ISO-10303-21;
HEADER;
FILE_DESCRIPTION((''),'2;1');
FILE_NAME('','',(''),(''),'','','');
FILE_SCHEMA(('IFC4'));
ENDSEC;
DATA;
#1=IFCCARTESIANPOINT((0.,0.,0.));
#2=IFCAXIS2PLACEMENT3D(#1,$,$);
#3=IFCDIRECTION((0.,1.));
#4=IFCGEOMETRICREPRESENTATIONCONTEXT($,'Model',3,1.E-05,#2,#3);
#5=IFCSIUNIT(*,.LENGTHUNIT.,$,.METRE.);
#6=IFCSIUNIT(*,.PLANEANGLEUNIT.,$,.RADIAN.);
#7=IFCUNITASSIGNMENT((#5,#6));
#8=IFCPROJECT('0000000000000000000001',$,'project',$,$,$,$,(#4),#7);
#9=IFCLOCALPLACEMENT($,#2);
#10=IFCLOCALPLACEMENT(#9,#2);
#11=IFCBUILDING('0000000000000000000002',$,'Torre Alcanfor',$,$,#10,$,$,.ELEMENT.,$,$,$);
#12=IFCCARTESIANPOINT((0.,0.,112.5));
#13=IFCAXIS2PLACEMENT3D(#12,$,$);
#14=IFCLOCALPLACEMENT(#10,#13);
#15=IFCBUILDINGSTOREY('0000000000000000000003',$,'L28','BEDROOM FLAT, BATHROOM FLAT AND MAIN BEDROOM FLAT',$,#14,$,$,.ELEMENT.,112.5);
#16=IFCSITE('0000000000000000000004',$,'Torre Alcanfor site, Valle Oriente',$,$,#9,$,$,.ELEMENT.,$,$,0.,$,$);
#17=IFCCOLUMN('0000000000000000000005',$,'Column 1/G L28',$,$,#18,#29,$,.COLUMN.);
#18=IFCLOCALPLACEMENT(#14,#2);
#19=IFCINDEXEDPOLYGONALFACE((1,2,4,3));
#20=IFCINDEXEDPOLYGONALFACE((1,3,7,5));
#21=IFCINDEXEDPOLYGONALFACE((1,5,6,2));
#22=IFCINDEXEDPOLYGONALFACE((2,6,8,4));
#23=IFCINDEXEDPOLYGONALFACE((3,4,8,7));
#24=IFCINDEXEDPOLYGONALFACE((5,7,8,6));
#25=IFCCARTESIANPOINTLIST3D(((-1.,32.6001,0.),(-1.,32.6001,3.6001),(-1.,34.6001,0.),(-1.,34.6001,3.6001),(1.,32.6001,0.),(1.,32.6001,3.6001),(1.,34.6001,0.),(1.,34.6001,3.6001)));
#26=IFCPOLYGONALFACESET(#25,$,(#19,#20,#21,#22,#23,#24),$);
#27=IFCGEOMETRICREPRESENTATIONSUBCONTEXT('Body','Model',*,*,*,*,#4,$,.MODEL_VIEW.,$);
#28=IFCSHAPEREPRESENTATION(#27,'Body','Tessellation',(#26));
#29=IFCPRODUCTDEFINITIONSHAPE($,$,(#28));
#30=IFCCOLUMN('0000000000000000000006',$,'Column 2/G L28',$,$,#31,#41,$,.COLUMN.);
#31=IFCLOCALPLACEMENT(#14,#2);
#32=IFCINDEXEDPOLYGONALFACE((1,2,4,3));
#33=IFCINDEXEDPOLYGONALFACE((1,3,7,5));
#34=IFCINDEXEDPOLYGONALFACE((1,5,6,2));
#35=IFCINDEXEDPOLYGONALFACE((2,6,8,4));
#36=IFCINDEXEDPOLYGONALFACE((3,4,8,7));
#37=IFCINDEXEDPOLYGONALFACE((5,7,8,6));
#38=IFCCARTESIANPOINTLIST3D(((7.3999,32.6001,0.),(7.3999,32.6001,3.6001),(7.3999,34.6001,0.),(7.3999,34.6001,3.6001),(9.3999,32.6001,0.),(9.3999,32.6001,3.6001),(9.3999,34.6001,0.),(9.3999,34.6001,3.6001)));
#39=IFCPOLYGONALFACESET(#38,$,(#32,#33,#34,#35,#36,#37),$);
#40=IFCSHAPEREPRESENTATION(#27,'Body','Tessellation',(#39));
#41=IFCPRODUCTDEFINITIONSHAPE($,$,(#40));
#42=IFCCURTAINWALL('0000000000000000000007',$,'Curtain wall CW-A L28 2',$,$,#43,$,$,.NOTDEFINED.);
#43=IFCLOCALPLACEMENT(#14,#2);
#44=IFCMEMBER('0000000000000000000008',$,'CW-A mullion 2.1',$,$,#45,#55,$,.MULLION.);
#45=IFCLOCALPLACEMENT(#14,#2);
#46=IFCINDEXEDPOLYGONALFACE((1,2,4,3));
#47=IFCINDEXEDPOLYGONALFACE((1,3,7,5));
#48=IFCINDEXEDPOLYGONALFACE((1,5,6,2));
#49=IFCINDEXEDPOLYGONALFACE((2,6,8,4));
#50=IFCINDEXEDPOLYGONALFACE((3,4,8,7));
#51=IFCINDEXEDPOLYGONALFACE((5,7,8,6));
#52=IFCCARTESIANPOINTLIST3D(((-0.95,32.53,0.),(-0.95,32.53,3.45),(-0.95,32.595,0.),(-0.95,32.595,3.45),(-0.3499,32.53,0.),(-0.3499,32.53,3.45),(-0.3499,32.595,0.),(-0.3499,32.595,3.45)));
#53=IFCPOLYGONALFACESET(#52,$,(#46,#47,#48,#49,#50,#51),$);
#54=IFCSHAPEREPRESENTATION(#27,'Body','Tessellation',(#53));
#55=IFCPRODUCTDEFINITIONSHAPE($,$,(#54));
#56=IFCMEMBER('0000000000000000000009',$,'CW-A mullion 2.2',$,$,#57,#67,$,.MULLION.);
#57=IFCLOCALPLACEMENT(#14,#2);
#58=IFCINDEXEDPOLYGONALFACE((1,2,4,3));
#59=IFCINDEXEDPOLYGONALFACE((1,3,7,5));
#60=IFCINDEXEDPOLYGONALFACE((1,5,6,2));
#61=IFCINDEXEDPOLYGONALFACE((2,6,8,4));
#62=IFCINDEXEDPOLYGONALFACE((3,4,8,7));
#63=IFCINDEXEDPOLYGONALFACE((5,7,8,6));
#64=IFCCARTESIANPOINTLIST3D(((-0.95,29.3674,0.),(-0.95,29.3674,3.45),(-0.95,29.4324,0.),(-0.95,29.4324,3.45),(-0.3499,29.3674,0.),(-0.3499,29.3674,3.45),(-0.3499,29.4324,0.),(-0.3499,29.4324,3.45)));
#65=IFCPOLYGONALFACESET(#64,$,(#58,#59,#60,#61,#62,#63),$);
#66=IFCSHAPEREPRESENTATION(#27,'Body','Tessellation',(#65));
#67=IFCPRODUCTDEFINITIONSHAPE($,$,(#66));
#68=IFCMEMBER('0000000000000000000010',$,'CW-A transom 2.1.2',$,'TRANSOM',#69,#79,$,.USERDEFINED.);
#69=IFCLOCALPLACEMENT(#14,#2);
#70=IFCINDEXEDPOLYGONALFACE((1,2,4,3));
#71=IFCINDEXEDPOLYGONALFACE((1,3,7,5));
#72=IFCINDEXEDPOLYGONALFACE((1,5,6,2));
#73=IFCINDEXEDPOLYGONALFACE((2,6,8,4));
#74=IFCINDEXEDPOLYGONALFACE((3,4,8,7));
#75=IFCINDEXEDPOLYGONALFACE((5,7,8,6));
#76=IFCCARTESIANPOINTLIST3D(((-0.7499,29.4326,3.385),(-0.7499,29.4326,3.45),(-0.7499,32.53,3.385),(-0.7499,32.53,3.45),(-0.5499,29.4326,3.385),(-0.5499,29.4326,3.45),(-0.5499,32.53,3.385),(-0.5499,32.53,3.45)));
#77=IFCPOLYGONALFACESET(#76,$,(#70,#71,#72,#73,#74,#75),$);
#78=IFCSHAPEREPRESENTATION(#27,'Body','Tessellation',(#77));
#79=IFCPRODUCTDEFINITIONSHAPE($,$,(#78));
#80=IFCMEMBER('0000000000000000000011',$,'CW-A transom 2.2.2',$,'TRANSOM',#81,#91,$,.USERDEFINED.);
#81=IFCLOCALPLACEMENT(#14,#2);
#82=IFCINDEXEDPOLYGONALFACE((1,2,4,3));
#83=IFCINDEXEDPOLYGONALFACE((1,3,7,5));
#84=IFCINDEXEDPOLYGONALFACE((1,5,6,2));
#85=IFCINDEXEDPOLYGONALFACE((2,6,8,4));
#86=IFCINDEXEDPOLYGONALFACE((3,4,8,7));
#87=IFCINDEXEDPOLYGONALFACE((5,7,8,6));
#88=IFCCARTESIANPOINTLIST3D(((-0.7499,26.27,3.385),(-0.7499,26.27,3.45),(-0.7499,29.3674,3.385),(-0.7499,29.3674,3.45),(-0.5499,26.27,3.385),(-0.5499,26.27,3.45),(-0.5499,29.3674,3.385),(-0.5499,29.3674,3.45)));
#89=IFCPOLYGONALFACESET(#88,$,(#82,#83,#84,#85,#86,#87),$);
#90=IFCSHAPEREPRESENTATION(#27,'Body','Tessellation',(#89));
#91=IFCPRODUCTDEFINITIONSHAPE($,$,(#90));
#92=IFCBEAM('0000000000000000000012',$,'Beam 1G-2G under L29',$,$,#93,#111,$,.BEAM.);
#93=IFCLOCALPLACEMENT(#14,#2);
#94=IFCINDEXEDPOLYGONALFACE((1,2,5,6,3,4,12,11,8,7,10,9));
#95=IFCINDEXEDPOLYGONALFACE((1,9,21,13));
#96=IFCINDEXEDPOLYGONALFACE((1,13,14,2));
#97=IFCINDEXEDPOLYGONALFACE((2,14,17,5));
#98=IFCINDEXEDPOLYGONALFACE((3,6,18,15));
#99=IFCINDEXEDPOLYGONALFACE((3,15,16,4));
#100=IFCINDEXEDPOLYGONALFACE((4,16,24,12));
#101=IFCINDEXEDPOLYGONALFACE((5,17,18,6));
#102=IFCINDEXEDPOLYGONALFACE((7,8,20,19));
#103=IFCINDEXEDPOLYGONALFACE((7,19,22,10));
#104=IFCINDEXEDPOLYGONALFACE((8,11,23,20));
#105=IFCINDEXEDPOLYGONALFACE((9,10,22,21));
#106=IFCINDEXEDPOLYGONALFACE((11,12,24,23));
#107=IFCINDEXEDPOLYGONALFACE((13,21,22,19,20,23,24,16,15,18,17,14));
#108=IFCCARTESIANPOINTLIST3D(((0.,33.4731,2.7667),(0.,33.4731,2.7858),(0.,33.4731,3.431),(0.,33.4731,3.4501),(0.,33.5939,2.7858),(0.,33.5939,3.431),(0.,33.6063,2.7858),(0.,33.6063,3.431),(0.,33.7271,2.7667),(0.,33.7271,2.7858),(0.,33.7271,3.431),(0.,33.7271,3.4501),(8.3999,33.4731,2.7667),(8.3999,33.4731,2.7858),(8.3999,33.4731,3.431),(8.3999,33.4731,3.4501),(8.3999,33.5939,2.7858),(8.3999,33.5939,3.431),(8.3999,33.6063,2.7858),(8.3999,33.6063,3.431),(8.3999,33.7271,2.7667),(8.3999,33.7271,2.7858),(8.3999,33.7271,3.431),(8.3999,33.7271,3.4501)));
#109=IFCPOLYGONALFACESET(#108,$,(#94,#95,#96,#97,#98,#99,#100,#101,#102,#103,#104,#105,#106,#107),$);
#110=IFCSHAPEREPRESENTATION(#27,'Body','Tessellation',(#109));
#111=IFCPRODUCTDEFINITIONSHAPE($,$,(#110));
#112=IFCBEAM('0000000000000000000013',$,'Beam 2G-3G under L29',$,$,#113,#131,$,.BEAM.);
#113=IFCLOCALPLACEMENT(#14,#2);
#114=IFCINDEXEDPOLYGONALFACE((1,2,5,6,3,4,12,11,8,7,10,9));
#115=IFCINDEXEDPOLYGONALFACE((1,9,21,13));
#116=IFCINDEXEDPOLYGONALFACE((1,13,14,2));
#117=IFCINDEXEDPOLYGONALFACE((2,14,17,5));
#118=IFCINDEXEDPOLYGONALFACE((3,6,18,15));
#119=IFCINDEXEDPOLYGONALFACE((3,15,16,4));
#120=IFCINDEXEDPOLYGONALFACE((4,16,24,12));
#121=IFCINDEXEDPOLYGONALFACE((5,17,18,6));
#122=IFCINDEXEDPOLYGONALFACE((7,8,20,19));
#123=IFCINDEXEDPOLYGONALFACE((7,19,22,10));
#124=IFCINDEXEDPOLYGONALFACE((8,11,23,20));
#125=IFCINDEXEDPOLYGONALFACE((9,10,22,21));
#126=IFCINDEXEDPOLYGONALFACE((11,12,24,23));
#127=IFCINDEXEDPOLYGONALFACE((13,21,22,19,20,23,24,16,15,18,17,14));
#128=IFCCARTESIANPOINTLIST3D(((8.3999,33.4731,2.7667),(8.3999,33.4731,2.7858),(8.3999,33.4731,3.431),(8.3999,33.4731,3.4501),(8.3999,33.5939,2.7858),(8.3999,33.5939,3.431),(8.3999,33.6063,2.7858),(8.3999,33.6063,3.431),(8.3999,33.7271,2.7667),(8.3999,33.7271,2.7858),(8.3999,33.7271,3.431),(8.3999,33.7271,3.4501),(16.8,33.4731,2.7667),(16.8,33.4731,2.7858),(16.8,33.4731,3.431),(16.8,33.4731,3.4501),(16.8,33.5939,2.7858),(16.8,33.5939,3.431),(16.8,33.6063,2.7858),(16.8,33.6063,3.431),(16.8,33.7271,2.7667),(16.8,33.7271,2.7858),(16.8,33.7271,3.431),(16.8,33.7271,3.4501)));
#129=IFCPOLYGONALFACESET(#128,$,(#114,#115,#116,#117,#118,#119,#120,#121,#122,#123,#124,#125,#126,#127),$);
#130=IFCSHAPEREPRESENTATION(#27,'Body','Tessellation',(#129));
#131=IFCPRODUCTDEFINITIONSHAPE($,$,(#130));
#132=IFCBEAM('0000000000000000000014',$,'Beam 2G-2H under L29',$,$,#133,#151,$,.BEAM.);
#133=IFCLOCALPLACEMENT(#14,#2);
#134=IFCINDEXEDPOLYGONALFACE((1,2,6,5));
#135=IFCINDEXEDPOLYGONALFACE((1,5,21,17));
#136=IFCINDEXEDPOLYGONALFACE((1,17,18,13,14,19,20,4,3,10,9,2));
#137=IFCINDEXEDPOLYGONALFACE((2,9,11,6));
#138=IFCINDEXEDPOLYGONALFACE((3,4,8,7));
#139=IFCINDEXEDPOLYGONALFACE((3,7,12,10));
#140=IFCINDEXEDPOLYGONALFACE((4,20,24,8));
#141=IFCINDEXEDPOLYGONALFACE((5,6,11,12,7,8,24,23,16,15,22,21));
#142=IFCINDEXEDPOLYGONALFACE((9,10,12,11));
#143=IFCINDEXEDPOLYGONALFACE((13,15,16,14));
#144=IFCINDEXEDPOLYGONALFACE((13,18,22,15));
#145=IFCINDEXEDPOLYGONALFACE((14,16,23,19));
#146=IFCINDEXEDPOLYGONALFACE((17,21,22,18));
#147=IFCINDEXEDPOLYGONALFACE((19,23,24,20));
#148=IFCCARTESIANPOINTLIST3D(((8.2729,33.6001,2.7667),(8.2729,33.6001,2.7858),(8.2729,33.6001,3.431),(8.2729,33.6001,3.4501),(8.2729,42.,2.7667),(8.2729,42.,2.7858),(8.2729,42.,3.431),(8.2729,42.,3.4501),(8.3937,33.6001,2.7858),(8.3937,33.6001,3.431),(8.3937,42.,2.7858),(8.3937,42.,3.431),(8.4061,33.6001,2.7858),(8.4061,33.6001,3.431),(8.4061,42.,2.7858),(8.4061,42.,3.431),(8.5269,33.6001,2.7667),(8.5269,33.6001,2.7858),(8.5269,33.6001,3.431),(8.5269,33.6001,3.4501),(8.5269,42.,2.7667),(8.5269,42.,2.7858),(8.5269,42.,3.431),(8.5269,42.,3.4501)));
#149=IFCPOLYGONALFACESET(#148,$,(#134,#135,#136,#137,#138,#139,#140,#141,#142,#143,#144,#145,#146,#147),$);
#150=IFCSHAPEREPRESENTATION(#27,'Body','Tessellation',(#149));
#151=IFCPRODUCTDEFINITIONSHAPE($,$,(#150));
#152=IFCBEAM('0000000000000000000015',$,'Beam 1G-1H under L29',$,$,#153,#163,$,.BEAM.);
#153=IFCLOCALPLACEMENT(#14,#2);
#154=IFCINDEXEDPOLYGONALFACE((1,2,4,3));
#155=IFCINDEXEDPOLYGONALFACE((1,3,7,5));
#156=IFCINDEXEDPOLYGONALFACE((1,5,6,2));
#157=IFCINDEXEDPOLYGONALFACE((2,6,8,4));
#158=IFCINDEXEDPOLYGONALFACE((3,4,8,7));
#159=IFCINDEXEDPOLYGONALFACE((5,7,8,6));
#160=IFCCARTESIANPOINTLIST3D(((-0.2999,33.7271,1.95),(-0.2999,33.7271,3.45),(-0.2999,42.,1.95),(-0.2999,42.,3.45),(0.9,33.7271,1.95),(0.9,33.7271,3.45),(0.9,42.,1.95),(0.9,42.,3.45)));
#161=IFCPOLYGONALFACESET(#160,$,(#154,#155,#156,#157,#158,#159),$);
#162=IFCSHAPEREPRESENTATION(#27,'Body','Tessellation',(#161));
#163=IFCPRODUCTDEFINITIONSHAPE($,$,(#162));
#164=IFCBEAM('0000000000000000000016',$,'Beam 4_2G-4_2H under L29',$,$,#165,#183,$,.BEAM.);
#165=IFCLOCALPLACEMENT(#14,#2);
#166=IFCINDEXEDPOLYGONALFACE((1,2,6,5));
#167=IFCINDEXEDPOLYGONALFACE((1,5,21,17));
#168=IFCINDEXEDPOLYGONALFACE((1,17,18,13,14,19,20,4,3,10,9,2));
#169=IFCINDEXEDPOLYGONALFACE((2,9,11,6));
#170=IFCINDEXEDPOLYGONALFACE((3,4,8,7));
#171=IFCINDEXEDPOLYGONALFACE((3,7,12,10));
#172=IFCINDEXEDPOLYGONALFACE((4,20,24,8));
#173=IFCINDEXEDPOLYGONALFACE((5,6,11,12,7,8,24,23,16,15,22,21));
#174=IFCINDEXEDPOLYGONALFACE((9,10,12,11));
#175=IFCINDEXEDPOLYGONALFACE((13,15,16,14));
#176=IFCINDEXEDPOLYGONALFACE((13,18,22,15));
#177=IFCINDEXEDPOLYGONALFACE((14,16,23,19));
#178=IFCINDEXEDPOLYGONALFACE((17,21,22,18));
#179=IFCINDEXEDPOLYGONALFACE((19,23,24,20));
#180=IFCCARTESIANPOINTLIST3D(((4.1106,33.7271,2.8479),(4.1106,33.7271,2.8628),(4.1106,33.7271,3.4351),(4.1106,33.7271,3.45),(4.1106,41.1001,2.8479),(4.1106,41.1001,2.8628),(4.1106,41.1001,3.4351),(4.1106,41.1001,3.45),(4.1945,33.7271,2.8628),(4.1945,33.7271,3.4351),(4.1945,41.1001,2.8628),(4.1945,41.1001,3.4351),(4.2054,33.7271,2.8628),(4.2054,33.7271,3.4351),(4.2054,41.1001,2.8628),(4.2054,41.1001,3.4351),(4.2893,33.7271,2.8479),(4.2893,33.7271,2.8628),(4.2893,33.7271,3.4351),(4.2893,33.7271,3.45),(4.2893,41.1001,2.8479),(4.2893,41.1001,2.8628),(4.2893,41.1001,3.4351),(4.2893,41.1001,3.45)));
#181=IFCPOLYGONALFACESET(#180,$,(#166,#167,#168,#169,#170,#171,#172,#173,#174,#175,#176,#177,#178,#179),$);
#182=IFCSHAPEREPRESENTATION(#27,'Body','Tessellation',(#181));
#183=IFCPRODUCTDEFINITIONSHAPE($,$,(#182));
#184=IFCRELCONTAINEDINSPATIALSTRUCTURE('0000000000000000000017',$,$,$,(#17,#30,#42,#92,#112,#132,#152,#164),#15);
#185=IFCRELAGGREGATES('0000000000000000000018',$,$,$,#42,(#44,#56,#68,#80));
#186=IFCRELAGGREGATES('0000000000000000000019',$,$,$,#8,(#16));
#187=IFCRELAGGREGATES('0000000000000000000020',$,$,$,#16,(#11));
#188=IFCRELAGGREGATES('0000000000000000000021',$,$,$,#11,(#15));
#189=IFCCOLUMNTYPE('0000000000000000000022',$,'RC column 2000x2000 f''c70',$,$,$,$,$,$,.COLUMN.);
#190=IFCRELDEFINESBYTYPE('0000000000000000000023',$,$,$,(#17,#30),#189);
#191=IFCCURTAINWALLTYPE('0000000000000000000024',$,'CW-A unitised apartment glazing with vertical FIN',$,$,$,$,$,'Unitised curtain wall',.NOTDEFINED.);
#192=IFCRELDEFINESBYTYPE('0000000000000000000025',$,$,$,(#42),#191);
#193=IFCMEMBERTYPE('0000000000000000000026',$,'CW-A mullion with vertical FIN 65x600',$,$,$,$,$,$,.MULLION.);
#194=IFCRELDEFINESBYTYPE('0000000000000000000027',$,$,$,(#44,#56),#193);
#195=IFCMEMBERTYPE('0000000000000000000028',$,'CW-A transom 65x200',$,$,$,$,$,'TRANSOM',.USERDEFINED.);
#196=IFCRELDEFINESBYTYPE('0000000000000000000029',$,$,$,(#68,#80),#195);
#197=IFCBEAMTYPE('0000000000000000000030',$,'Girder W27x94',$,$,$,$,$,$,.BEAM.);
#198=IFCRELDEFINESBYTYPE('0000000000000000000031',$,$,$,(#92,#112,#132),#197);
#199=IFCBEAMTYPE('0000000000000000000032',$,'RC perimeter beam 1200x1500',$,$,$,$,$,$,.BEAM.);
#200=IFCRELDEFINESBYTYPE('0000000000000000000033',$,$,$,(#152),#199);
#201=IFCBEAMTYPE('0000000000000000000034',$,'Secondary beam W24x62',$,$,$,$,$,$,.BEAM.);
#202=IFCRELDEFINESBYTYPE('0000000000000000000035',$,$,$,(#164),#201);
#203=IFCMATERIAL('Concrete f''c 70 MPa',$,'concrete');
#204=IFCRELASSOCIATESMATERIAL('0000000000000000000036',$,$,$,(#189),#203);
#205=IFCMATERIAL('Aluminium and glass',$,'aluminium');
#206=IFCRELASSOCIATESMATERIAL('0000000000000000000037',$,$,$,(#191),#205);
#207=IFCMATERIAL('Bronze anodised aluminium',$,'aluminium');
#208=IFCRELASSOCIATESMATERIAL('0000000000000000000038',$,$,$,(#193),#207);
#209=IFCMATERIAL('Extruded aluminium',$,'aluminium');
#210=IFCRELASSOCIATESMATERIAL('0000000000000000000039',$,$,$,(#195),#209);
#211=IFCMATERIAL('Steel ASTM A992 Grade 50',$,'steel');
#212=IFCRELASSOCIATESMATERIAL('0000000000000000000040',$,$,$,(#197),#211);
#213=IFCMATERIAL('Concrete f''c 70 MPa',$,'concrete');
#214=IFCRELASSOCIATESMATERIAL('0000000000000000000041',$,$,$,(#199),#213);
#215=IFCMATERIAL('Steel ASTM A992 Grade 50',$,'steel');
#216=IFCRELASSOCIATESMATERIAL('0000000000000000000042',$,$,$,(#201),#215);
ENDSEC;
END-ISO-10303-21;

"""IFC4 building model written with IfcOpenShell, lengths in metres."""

from ifc_helpers import new_model, si_unit, direction, frame, origin, origin_2d, place, context, subcontext, project, spatial, rectangle, i_section, extrude, material, material_profile, profile_set, type_object, element, aggregate, save


model = new_model("IFC4")

# Units and contexts
model_context = context("Model", 3, precision=1e-05, world=origin(), true_north=direction((0.0, 1.0)))
body_context = subcontext(model_context, "Body", "Model", "MODEL_VIEW")
ifc_project = project(units=[si_unit("LENGTHUNIT", "METRE"), si_unit("PLANEANGLEUNIT", "RADIAN")], contexts=[model_context])

# Site, building, storey
site_placement = place(None, origin())
site = spatial("IfcSite", under=ifc_project, at=site_placement, Name="Torre Alcanfor site, Valle Oriente", CompositionType="ELEMENT", RefElevation=0.0)
building_placement = place(site_placement, origin())
building = spatial("IfcBuilding", under=site, at=building_placement, Name="Torre Alcanfor", CompositionType="ELEMENT")
storey_placement = place(building_placement, frame((0.0, 0.0, 112.5)))
storey = spatial("IfcBuildingStorey", under=building, at=storey_placement, Name="L28", Description="BEDROOM FLAT, BATHROOM FLAT AND MAIN BEDROOM FLAT", CompositionType="ELEMENT", Elevation=112.5)

# Columns
ifc_material_1 = material(Name="Concrete f'c 70 MPa", Category="concrete")
ifc_material_profile_1 = material_profile(ifc_material_1, rectangle(XDim=2.0, YDim=2.0, at=origin_2d()), Name="2000x2000")
ifc_profile_set_1 = profile_set([ifc_material_profile_1], Name="Concrete f'c 70 MPa")
column_type = type_object("IfcColumnType", Name="RC column 2000x2000 f'c70", PredefinedType="COLUMN", material=ifc_profile_set_1)
for number, where, z_axis, x_axis, name in (
    (1, (0.0, 33.6001, 0.0), (0.0, 0.0, 1.0), (1.0, 0.0, 0.0), "Column 1/G L28"),
    (2, (8.3999, 33.6001, 0.0), (0.0, 0.0, 1.0), (1.0, 0.0, 0.0), "Column 2/G L28"),
):
    element("IfcColumn", number, at=place(storey_placement, frame(where, z_axis=z_axis, x_axis=x_axis)), inside=storey, type_object=column_type, Name=name, PredefinedType="COLUMN", context=body_context, shape_type="SweptSolid", body=[
        extrude(rectangle(XDim=2.0, YDim=2.0, at=origin_2d()), origin(), (0.0, 0.0, 1.0), 3.6001),
    ])

# Curtain wall, members
ifc_material_2 = material(Name="Aluminium and glass", Category="aluminium")
curtain_wall_type = type_object("IfcCurtainWallType", Name="CW-A unitised apartment glazing with vertical FIN", ElementType="Unitised curtain wall", PredefinedType="NOTDEFINED", material=ifc_material_2)
curtain_wall_placement = place(storey_placement, origin())
curtain_wall = element("IfcCurtainWall", 3, at=curtain_wall_placement, inside=storey, type_object=curtain_wall_type, Name="Curtain wall CW-A L28 2", PredefinedType="NOTDEFINED")
ifc_material_3 = material(Name="Bronze anodised aluminium", Category="aluminium")
ifc_material_profile_2 = material_profile(ifc_material_3, rectangle(XDim=0.6001, YDim=0.0649, at=origin_2d()), Name="CW-A mullion 65x600")
ifc_profile_set_2 = profile_set([ifc_material_profile_2], Name="Bronze anodised aluminium")
member_type_1 = type_object("IfcMemberType", Name="CW-A mullion with vertical FIN 65x600", PredefinedType="MULLION", material=ifc_profile_set_2)
member_1_placement = place(storey_placement, frame((-0.6499, 32.5625, 0.0), z_axis=(0.0, 0.0, 1.0), x_axis=(1.0, 0.0, 0.0)))
member_1 = element("IfcMember", 4, at=member_1_placement, type_object=member_type_1, Name="CW-A mullion 2.1", PredefinedType="MULLION", context=body_context, shape_type="SweptSolid", body=[
    extrude(rectangle(XDim=0.6001, YDim=0.0649, at=origin_2d()), origin(), (0.0, 0.0, 1.0), 3.45),
])
member_2_placement = place(storey_placement, frame((-0.6499, 29.3999, 0.0), z_axis=(0.0, 0.0, 1.0), x_axis=(1.0, 0.0, 0.0)))
member_2 = element("IfcMember", 5, at=member_2_placement, type_object=member_type_1, Name="CW-A mullion 2.2", PredefinedType="MULLION", context=body_context, shape_type="SweptSolid", body=[
    extrude(rectangle(XDim=0.6001, YDim=0.0649, at=origin_2d()), origin(), (0.0, 0.0, 1.0), 3.45),
])
ifc_material_4 = material(Name="Extruded aluminium", Category="aluminium")
ifc_material_profile_3 = material_profile(ifc_material_4, rectangle(XDim=0.2, YDim=0.0649, at=origin_2d()), Name="CW-A transom 200x65")
ifc_profile_set_3 = profile_set([ifc_material_profile_3], Name="Extruded aluminium")
member_type_2 = type_object("IfcMemberType", Name="CW-A transom 65x200", ElementType="TRANSOM", PredefinedType="USERDEFINED", material=ifc_profile_set_3)
member_3_placement = place(storey_placement, frame((-0.6499, 32.53, 3.4175), z_axis=(0.0, -1.0, 0.0), x_axis=(1.0, 0.0, 0.0)))
member_3 = element("IfcMember", 6, at=member_3_placement, type_object=member_type_2, Name="CW-A transom 2.1.2", ObjectType="TRANSOM", PredefinedType="USERDEFINED", context=body_context, shape_type="SweptSolid", body=[
    extrude(rectangle(XDim=0.2, YDim=0.0649, at=origin_2d()), origin(), (0.0, 0.0, 1.0), 3.0974),
])
member_4_placement = place(storey_placement, frame((-0.6499, 29.3674, 3.4175), z_axis=(0.0, -1.0, 0.0), x_axis=(1.0, 0.0, 0.0)))
member_4 = element("IfcMember", 7, at=member_4_placement, type_object=member_type_2, Name="CW-A transom 2.2.2", ObjectType="TRANSOM", PredefinedType="USERDEFINED", context=body_context, shape_type="SweptSolid", body=[
    extrude(rectangle(XDim=0.2, YDim=0.0649, at=origin_2d()), origin(), (0.0, 0.0, 1.0), 3.0974),
])

# Beams
ifc_material_5 = material(Name="Steel ASTM A992 Grade 50", Category="steel")
ifc_material_profile_4 = material_profile(ifc_material_5, i_section(OverallWidth=0.2539, OverallDepth=0.6833, WebThickness=0.0125, FlangeThickness=0.019, at=origin_2d()), Name="W27x94")
ifc_profile_set_4 = profile_set([ifc_material_profile_4], Name="Steel ASTM A992 Grade 50")
beam_type_1 = type_object("IfcBeamType", Name="Girder W27x94", PredefinedType="BEAM", material=ifc_profile_set_4)
beam_1_placement = place(storey_placement, frame((0.0, 33.6001, 3.1084), z_axis=(1.0, 0.0, 0.0), x_axis=(0.0, 1.0, 0.0)))
element("IfcBeam", 8, at=beam_1_placement, inside=storey, type_object=beam_type_1, Name="Beam 1G-2G under L29", PredefinedType="BEAM", context=body_context, shape_type="SweptSolid", body=[
    extrude(i_section(OverallWidth=0.2539, OverallDepth=0.6833, WebThickness=0.0125, FlangeThickness=0.019, at=origin_2d()), origin(), (0.0, 0.0, 1.0), 8.3999),
])
beam_2_placement = place(storey_placement, frame((8.3999, 33.6001, 3.1084), z_axis=(1.0, 0.0, 0.0), x_axis=(0.0, 1.0, 0.0)))
element("IfcBeam", 9, at=beam_2_placement, inside=storey, type_object=beam_type_1, Name="Beam 2G-3G under L29", PredefinedType="BEAM", context=body_context, shape_type="SweptSolid", body=[
    extrude(i_section(OverallWidth=0.2539, OverallDepth=0.6833, WebThickness=0.0125, FlangeThickness=0.019, at=origin_2d()), origin(), (0.0, 0.0, 1.0), 8.4001),
])
beam_3_placement = place(storey_placement, frame((8.3999, 33.6001, 3.1084), z_axis=(0.0, 1.0, 0.0), x_axis=(-1.0, 0.0, 0.0)))
element("IfcBeam", 10, at=beam_3_placement, inside=storey, type_object=beam_type_1, Name="Beam 2G-2H under L29", PredefinedType="BEAM", context=body_context, shape_type="SweptSolid", body=[
    extrude(i_section(OverallWidth=0.2539, OverallDepth=0.6833, WebThickness=0.0125, FlangeThickness=0.019, at=origin_2d()), origin(), (0.0, 0.0, 1.0), 8.3999),
])
ifc_material_6 = material(Name="Concrete f'c 70 MPa", Category="concrete")
ifc_material_profile_5 = material_profile(ifc_material_6, rectangle(XDim=1.2, YDim=1.5, at=origin_2d()), Name="1200x1500")
ifc_profile_set_5 = profile_set([ifc_material_profile_5], Name="Concrete f'c 70 MPa")
beam_type_2 = type_object("IfcBeamType", Name="RC perimeter beam 1200x1500", PredefinedType="BEAM", material=ifc_profile_set_5)
beam_4_placement = place(storey_placement, frame((0.3, 33.7271, 2.7), z_axis=(0.0, 1.0, 0.0), x_axis=(-1.0, 0.0, 0.0)))
element("IfcBeam", 11, at=beam_4_placement, inside=storey, type_object=beam_type_2, Name="Beam 1G-1H under L29", PredefinedType="BEAM", context=body_context, shape_type="SweptSolid", body=[
    extrude(rectangle(XDim=1.2, YDim=1.5, at=origin_2d()), origin(), (0.0, 0.0, 1.0), 8.2729),
])
ifc_material_7 = material(Name="Steel ASTM A992 Grade 50", Category="steel")
ifc_material_profile_6 = material_profile(ifc_material_7, i_section(OverallWidth=0.1787, OverallDepth=0.6021, WebThickness=0.011, FlangeThickness=0.0149, at=origin_2d()), Name="W24x62")
ifc_profile_set_6 = profile_set([ifc_material_profile_6], Name="Steel ASTM A992 Grade 50")
beam_type_3 = type_object("IfcBeamType", Name="Secondary beam W24x62", PredefinedType="BEAM", material=ifc_profile_set_6)
for number, where, z_axis, x_axis, name in (
    (12, (4.2, 33.7271, 3.1489), (0.0, 1.0, 0.0), (-1.0, 0.0, 0.0), "Beam 4_2G-4_2H under L29"),
):
    element("IfcBeam", number, at=place(storey_placement, frame(where, z_axis=z_axis, x_axis=x_axis)), inside=storey, type_object=beam_type_3, Name=name, PredefinedType="BEAM", context=body_context, shape_type="SweptSolid", body=[
        extrude(i_section(OverallWidth=0.1787, OverallDepth=0.6021, WebThickness=0.011, FlangeThickness=0.0149, at=origin_2d()), origin(), (0.0, 0.0, 1.0), 7.373),
    ])

aggregate(curtain_wall, [member_1, member_2, member_3, member_4])

save(model, "model.ifc")
